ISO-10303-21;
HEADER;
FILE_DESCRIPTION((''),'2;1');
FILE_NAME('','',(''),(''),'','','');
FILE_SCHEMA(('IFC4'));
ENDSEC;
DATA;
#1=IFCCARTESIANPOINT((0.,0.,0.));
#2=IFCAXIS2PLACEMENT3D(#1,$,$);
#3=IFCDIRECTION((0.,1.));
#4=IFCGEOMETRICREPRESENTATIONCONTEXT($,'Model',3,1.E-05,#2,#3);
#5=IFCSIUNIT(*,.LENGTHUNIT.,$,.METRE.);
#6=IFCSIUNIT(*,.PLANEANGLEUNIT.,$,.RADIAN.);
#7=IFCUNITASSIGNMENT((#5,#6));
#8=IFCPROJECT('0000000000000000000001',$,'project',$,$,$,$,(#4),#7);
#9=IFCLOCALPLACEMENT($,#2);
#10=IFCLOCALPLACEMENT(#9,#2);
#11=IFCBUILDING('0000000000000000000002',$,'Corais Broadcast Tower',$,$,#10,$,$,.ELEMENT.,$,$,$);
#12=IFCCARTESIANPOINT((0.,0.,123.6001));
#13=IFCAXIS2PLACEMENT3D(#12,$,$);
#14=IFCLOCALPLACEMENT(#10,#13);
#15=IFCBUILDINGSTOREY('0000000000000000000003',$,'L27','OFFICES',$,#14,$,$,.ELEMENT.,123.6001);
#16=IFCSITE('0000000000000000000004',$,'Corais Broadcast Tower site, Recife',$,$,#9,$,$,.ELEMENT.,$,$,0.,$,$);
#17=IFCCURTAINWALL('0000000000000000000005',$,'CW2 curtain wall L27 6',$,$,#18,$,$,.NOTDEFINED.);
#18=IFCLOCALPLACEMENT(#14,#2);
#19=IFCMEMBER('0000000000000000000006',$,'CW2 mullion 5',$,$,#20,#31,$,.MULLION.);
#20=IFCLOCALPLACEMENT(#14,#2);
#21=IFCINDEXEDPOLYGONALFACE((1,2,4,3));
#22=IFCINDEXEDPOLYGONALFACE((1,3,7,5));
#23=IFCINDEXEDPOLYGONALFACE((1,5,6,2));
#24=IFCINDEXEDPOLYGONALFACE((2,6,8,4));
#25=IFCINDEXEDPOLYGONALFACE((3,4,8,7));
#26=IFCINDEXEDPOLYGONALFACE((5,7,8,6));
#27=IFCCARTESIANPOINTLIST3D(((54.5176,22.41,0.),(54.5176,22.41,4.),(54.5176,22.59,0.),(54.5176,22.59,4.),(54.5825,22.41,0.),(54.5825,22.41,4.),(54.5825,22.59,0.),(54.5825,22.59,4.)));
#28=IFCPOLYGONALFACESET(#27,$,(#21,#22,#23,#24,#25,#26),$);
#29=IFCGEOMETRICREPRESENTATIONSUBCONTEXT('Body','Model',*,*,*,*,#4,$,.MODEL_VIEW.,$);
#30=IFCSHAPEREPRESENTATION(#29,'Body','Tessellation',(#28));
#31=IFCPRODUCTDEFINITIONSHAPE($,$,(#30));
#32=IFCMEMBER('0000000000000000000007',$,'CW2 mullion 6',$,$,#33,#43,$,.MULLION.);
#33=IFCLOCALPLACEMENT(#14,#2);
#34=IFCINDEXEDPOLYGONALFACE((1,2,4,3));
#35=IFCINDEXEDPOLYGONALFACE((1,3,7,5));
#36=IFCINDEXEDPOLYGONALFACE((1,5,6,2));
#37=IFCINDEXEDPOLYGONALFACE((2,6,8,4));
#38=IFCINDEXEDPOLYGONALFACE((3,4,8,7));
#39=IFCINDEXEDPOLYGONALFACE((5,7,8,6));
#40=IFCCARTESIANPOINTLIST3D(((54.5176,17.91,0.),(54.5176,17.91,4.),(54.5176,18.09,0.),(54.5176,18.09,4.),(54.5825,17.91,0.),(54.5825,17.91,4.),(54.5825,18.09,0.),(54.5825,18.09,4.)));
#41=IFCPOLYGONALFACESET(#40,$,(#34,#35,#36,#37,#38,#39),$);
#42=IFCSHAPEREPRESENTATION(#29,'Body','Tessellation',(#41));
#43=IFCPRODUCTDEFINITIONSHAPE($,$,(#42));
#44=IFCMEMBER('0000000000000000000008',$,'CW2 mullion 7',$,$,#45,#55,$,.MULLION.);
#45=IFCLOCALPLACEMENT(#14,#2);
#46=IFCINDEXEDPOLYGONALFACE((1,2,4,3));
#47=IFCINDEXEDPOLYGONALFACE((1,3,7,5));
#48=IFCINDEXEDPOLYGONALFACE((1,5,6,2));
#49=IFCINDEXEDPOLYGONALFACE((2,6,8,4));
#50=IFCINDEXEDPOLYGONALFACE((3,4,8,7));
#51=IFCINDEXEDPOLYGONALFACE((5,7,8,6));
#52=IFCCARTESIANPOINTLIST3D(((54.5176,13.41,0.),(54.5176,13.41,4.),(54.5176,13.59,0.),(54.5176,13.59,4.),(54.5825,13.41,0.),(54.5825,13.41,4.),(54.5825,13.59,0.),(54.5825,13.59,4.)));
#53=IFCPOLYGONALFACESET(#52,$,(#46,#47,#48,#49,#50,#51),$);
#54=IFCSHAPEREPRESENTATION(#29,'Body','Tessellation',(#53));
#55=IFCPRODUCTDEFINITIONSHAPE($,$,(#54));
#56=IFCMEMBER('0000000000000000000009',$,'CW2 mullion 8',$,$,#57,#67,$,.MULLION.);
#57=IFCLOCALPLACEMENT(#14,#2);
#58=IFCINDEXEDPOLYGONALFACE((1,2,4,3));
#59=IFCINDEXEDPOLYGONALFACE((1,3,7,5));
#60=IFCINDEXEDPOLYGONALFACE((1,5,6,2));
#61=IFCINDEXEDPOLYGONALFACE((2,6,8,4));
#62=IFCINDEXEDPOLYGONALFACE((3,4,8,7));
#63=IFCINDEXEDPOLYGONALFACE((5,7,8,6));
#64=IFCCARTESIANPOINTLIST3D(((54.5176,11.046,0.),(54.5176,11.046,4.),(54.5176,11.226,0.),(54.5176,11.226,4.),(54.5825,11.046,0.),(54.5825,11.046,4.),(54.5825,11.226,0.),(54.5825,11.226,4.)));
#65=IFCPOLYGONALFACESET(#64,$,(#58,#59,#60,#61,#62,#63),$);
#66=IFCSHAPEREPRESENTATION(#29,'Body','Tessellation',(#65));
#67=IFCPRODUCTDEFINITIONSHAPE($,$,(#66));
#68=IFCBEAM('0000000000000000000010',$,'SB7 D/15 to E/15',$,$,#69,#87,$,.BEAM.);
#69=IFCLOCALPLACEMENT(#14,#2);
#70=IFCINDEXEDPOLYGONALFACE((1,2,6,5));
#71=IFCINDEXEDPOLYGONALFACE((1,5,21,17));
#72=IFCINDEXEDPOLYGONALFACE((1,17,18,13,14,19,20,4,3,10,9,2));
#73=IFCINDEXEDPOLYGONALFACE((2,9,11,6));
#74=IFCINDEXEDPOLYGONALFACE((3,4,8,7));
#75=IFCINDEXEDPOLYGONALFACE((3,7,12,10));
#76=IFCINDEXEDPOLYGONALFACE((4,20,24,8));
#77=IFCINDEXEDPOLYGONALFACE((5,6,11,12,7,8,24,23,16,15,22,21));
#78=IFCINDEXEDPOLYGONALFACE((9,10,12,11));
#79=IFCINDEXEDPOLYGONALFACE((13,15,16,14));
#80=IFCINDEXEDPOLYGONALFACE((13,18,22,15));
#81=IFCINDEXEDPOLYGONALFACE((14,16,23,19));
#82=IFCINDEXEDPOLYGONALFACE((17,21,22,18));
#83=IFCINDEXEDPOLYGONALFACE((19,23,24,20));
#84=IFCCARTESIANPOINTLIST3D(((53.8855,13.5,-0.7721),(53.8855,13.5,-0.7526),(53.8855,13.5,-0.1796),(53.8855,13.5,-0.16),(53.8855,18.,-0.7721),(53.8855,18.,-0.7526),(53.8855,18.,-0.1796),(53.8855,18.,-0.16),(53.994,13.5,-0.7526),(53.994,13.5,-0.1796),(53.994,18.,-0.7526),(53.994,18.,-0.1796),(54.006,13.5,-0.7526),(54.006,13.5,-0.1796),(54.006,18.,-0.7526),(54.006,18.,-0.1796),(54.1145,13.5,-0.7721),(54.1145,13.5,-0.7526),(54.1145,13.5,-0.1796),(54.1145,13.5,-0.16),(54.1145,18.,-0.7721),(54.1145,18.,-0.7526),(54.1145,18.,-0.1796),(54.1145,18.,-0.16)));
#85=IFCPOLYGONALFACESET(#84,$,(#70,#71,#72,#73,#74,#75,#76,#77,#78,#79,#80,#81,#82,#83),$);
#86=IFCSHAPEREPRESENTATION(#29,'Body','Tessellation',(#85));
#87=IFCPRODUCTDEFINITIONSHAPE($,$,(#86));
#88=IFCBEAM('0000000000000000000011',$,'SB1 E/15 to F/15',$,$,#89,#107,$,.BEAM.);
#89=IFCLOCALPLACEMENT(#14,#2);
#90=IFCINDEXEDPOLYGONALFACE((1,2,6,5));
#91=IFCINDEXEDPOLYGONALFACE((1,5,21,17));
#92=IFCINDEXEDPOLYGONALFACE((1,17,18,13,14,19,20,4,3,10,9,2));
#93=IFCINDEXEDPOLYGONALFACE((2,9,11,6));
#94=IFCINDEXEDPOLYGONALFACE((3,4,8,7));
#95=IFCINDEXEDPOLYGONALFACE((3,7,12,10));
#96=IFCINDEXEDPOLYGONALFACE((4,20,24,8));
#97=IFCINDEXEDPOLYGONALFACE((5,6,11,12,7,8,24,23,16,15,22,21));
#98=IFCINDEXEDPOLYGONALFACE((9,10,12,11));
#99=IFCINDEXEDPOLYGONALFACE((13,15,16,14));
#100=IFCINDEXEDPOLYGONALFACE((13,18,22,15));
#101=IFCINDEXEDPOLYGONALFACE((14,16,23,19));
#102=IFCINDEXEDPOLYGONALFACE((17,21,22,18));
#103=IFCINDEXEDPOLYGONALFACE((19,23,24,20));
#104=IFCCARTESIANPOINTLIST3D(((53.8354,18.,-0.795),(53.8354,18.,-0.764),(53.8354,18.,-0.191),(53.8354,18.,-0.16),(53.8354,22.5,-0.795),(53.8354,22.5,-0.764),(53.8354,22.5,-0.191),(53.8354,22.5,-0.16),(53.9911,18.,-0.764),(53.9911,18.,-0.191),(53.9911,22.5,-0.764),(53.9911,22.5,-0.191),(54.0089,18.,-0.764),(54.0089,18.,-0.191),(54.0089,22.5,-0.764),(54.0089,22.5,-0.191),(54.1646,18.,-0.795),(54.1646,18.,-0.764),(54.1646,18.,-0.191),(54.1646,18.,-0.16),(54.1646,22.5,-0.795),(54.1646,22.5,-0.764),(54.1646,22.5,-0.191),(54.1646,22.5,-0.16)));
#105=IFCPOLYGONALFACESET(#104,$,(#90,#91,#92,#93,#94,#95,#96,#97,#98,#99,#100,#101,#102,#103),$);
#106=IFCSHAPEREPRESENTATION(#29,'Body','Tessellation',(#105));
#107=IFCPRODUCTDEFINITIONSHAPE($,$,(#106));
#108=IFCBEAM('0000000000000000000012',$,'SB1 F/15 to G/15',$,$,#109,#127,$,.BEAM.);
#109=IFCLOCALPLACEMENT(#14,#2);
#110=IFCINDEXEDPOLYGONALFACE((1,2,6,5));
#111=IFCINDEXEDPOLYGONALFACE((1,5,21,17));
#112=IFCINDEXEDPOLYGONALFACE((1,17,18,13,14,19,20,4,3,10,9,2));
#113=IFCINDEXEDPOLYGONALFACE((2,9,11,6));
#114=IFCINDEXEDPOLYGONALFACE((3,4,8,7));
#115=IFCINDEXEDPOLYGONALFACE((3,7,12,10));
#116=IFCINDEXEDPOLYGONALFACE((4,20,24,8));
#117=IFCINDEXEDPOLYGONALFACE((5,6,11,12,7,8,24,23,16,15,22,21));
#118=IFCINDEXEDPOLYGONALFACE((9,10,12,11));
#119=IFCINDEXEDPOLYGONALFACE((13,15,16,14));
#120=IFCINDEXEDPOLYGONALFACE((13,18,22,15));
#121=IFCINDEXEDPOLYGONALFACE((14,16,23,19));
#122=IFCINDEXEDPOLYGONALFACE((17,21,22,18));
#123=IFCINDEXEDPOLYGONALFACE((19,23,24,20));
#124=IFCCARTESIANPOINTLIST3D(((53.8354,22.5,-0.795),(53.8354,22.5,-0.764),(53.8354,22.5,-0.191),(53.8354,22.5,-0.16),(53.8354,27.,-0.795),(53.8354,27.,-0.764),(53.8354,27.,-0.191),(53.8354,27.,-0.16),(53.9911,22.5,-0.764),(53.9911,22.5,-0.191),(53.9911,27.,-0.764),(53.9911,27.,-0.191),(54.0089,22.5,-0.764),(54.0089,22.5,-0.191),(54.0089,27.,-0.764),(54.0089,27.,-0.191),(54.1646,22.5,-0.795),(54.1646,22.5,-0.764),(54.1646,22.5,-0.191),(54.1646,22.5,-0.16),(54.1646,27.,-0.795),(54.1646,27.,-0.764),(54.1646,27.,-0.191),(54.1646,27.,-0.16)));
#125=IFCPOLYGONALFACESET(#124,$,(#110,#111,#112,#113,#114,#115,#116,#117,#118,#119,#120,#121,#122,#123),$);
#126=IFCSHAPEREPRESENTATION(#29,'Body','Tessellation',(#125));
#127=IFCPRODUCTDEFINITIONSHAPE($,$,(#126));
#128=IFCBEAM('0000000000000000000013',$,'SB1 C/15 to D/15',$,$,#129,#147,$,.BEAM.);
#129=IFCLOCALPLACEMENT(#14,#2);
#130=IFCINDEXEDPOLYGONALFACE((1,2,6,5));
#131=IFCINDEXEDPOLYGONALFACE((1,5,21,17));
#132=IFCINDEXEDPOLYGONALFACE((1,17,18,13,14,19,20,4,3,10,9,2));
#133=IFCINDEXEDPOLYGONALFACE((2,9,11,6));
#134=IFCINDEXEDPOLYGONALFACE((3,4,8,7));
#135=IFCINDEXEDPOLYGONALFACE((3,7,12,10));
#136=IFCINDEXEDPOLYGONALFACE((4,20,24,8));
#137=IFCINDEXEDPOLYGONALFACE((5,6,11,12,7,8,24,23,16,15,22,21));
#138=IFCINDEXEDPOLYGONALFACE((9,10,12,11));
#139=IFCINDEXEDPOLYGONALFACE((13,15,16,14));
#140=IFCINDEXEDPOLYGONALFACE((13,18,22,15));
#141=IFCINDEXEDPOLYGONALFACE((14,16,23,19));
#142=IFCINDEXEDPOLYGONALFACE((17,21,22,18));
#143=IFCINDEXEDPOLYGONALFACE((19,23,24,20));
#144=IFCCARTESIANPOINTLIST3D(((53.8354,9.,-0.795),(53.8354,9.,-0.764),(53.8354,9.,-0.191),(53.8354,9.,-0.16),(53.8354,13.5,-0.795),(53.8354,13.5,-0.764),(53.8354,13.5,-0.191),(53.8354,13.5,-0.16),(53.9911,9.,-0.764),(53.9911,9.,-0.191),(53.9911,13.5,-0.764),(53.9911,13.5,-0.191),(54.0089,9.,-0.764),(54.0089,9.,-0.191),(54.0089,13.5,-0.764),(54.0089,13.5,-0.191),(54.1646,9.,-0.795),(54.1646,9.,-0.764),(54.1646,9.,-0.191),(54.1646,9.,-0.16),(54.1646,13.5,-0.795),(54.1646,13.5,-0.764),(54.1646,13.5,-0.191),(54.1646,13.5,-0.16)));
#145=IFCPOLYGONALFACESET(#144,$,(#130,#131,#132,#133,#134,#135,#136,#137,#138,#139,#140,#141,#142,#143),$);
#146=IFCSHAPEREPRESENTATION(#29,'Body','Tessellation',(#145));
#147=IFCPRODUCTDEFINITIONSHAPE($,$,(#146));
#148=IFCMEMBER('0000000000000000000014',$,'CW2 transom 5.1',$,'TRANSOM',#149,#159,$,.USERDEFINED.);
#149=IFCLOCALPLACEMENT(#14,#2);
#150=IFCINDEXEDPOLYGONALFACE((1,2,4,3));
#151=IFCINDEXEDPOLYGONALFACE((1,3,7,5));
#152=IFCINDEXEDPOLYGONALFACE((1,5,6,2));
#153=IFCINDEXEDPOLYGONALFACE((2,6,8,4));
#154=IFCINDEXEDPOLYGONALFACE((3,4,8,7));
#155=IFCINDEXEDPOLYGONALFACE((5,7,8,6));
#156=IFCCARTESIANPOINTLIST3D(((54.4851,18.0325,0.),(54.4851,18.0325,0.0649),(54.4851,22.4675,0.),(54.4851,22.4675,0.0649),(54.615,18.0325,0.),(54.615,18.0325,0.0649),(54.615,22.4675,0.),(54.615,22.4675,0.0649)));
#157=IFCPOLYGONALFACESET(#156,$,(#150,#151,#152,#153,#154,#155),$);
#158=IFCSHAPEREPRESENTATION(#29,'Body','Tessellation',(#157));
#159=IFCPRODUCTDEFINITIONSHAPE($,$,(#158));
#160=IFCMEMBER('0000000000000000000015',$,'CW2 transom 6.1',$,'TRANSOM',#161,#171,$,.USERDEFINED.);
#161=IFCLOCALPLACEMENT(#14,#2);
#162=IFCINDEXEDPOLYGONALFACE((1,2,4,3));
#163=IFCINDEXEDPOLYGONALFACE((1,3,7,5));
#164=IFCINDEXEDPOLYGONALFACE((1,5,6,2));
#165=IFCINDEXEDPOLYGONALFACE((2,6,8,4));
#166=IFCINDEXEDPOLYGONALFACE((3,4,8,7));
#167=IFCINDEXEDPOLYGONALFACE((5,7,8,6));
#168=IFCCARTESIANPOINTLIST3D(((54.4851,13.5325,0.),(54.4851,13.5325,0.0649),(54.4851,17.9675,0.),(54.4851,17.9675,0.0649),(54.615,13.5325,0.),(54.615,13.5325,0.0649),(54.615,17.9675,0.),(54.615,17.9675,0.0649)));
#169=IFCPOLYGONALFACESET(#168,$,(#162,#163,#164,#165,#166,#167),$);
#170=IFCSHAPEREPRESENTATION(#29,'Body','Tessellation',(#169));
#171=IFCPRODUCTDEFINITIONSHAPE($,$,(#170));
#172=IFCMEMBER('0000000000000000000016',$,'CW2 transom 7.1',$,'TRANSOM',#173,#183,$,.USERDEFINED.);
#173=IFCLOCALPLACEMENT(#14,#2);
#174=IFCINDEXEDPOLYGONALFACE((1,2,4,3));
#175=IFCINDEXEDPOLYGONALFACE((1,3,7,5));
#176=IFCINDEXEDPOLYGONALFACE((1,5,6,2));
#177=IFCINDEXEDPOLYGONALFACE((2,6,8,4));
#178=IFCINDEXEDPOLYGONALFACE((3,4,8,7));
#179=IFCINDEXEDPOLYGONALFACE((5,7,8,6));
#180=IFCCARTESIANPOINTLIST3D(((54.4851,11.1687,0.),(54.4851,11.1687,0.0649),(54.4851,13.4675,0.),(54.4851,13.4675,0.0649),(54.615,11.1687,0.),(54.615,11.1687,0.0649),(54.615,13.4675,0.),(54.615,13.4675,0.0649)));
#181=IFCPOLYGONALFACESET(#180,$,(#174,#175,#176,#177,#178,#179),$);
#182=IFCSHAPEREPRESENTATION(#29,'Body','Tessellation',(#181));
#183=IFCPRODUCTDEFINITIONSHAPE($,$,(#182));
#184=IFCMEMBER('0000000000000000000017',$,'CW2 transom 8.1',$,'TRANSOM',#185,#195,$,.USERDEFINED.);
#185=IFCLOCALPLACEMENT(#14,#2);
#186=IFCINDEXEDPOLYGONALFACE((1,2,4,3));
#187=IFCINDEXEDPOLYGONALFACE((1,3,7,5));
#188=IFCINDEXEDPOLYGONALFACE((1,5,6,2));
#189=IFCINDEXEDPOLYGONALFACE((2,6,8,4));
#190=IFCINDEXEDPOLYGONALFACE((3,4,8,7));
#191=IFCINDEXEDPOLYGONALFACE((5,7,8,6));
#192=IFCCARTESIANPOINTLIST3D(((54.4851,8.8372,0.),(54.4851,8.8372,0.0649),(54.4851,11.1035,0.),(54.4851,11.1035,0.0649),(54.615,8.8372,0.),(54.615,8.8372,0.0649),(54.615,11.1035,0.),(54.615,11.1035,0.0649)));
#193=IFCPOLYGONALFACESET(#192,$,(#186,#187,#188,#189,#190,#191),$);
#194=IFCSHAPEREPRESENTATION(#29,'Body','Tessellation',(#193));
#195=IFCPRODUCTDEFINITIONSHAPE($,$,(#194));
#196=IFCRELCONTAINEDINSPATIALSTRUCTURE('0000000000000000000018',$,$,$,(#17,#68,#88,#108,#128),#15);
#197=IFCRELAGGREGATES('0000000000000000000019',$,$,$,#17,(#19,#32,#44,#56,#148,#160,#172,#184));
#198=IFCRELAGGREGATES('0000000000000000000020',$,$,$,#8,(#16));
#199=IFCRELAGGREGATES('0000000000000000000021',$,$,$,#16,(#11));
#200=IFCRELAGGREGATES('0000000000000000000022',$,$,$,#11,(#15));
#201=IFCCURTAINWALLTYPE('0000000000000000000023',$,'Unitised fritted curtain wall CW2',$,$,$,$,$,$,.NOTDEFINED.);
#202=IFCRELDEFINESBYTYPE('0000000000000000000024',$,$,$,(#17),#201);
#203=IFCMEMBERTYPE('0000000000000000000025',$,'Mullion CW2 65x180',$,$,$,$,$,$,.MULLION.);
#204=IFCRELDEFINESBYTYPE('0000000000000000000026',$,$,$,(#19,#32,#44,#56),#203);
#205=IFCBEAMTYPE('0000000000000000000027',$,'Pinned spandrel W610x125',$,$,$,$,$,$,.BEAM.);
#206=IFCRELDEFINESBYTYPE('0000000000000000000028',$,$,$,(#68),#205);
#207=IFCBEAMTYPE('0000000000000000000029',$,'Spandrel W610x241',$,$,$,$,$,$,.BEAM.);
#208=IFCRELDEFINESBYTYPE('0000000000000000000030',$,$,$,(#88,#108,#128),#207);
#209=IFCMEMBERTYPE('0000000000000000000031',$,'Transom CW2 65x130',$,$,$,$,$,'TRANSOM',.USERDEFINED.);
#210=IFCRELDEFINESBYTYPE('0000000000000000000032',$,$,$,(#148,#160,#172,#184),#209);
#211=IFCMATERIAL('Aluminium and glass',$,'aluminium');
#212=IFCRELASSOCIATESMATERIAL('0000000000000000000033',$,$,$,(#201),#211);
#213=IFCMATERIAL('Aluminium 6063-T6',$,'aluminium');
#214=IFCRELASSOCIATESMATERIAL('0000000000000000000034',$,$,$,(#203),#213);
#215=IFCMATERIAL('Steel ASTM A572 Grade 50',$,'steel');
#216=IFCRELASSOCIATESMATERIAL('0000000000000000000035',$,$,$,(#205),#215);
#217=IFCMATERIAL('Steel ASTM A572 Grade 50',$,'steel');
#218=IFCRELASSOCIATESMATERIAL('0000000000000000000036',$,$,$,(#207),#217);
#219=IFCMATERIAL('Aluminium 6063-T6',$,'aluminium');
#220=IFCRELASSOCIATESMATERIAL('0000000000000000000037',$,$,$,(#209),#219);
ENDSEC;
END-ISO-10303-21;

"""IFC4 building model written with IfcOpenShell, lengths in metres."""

from ifc_helpers import new_model, si_unit, direction, frame, origin, origin_2d, place, context, subcontext, project, spatial, rectangle, i_section, extrude, material, material_profile, profile_set, type_object, element, aggregate, save


model = new_model("IFC4")

# Units and contexts
model_context = context("Model", 3, precision=1e-05, world=origin(), true_north=direction((0.0, 1.0)))
body_context = subcontext(model_context, "Body", "Model", "MODEL_VIEW")
ifc_project = project(units=[si_unit("LENGTHUNIT", "METRE"), si_unit("PLANEANGLEUNIT", "RADIAN")], contexts=[model_context])

# Site, building, storey
site_placement = place(None, origin())
site = spatial("IfcSite", under=ifc_project, at=site_placement, Name="Corais Broadcast Tower site, Recife", CompositionType="ELEMENT", RefElevation=0.0)
building_placement = place(site_placement, origin())
building = spatial("IfcBuilding", under=site, at=building_placement, Name="Corais Broadcast Tower", CompositionType="ELEMENT")
storey_placement = place(building_placement, frame((0.0, 0.0, 123.6001)))
storey = spatial("IfcBuildingStorey", under=building, at=storey_placement, Name="L27", Description="OFFICES", CompositionType="ELEMENT", Elevation=123.6001)

# Curtain wall, members
ifc_material_1 = material(Name="Aluminium and glass", Category="aluminium")
curtain_wall_type = type_object("IfcCurtainWallType", Name="Unitised fritted curtain wall CW2", PredefinedType="NOTDEFINED", material=ifc_material_1)
curtain_wall_placement = place(storey_placement, origin())
curtain_wall = element("IfcCurtainWall", 1, at=curtain_wall_placement, inside=storey, type_object=curtain_wall_type, Name="CW2 curtain wall L27 6", PredefinedType="NOTDEFINED")
ifc_material_2 = material(Name="Aluminium 6063-T6", Category="aluminium")
ifc_material_profile_1 = material_profile(ifc_material_2, rectangle(XDim=0.0649, YDim=0.1799, at=origin_2d()), Name="Mullion CW2 65x180")
ifc_profile_set_1 = profile_set([ifc_material_profile_1], Name="Aluminium 6063-T6")
member_type_1 = type_object("IfcMemberType", Name="Mullion CW2 65x180", PredefinedType="MULLION", material=ifc_profile_set_1)
member_1_placement = place(storey_placement, frame((54.55, 22.5, 0.0), z_axis=(0.0, 0.0, 1.0), x_axis=(1.0, 0.0, 0.0)))
member_1 = element("IfcMember", 2, at=member_1_placement, type_object=member_type_1, Name="CW2 mullion 5", PredefinedType="MULLION", context=body_context, shape_type="SweptSolid", body=[
    extrude(rectangle(XDim=0.0649, YDim=0.1799, at=origin_2d()), origin(), (0.0, 0.0, 1.0), 4.0),
])
member_2_placement = place(storey_placement, frame((54.55, 18.0, 0.0), z_axis=(0.0, 0.0, 1.0), x_axis=(1.0, 0.0, 0.0)))
member_2 = element("IfcMember", 3, at=member_2_placement, type_object=member_type_1, Name="CW2 mullion 6", PredefinedType="MULLION", context=body_context, shape_type="SweptSolid", body=[
    extrude(rectangle(XDim=0.0649, YDim=0.1799, at=origin_2d()), origin(), (0.0, 0.0, 1.0), 4.0),
])
member_3_placement = place(storey_placement, frame((54.55, 13.5, 0.0), z_axis=(0.0, 0.0, 1.0), x_axis=(1.0, 0.0, 0.0)))
member_3 = element("IfcMember", 4, at=member_3_placement, type_object=member_type_1, Name="CW2 mullion 7", PredefinedType="MULLION", context=body_context, shape_type="SweptSolid", body=[
    extrude(rectangle(XDim=0.0649, YDim=0.1799, at=origin_2d()), origin(), (0.0, 0.0, 1.0), 4.0),
])
member_4_placement = place(storey_placement, frame((54.55, 11.136, 0.0), z_axis=(0.0, 0.0, 1.0), x_axis=(1.0, 0.0, 0.0)))
member_4 = element("IfcMember", 5, at=member_4_placement, type_object=member_type_1, Name="CW2 mullion 8", PredefinedType="MULLION", context=body_context, shape_type="SweptSolid", body=[
    extrude(rectangle(XDim=0.0649, YDim=0.1799, at=origin_2d()), origin(), (0.0, 0.0, 1.0), 4.0),
])

# Beams
ifc_material_3 = material(Name="Steel ASTM A572 Grade 50", Category="steel")
ifc_material_profile_2 = material_profile(ifc_material_3, i_section(OverallWidth=0.229, OverallDepth=0.6121, WebThickness=0.012, FlangeThickness=0.0195, at=origin_2d()), Name="W610x125")
ifc_profile_set_2 = profile_set([ifc_material_profile_2], Name="Steel ASTM A572 Grade 50")
beam_type_1 = type_object("IfcBeamType", Name="Pinned spandrel W610x125", PredefinedType="BEAM", material=ifc_profile_set_2)
beam_1_placement = place(storey_placement, frame((54.0, 13.5, -0.4661), z_axis=(0.0, 1.0, 0.0), x_axis=(-1.0, 0.0, 0.0)))
element("IfcBeam", 6, at=beam_1_placement, inside=storey, type_object=beam_type_1, Name="SB7 D/15 to E/15", PredefinedType="BEAM", context=body_context, shape_type="SweptSolid", body=[
    extrude(i_section(OverallWidth=0.229, OverallDepth=0.6121, WebThickness=0.012, FlangeThickness=0.0195, at=origin_2d()), origin(), (0.0, 0.0, 1.0), 4.5),
])
ifc_material_4 = material(Name="Steel ASTM A572 Grade 50", Category="steel")
ifc_material_profile_3 = material_profile(ifc_material_4, i_section(OverallWidth=0.3291, OverallDepth=0.635, WebThickness=0.0178, FlangeThickness=0.031, at=origin_2d()), Name="W610x241")
ifc_profile_set_3 = profile_set([ifc_material_profile_3], Name="Steel ASTM A572 Grade 50")
beam_type_2 = type_object("IfcBeamType", Name="Spandrel W610x241", PredefinedType="BEAM", material=ifc_profile_set_3)
for number, where, z_axis, x_axis, name in (
    (7, (54.0, 18.0, -0.4775), (0.0, 1.0, 0.0), (-1.0, 0.0, 0.0), "SB1 E/15 to F/15"),
    (8, (54.0, 22.5, -0.4775), (0.0, 1.0, 0.0), (-1.0, 0.0, 0.0), "SB1 F/15 to G/15"),
    (9, (54.0, 9.0, -0.4775), (0.0, 1.0, 0.0), (-1.0, 0.0, 0.0), "SB1 C/15 to D/15"),
):
    element("IfcBeam", number, at=place(storey_placement, frame(where, z_axis=z_axis, x_axis=x_axis)), inside=storey, type_object=beam_type_2, Name=name, PredefinedType="BEAM", context=body_context, shape_type="SweptSolid", body=[
        extrude(i_section(OverallWidth=0.3291, OverallDepth=0.635, WebThickness=0.0178, FlangeThickness=0.031, at=origin_2d()), origin(), (0.0, 0.0, 1.0), 4.5),
    ])

# Members
ifc_material_5 = material(Name="Aluminium 6063-T6", Category="aluminium")
ifc_material_profile_4 = material_profile(ifc_material_5, rectangle(XDim=0.1299, YDim=0.0649, at=origin_2d()), Name="Transom CW2 65x130")
ifc_profile_set_4 = profile_set([ifc_material_profile_4], Name="Aluminium 6063-T6")
member_type_2 = type_object("IfcMemberType", Name="Transom CW2 65x130", ElementType="TRANSOM", PredefinedType="USERDEFINED", material=ifc_profile_set_4)
member_5_placement = place(storey_placement, frame((54.55, 22.4675, 0.0325), z_axis=(0.0, -1.0, 0.0), x_axis=(1.0, 0.0, 0.0)))
member_5 = element("IfcMember", 10, at=member_5_placement, type_object=member_type_2, Name="CW2 transom 5.1", ObjectType="TRANSOM", PredefinedType="USERDEFINED", context=body_context, shape_type="SweptSolid", body=[
    extrude(rectangle(XDim=0.1299, YDim=0.0649, at=origin_2d()), origin(), (0.0, 0.0, 1.0), 4.4351),
])
member_6_placement = place(storey_placement, frame((54.55, 17.9675, 0.0325), z_axis=(0.0, -1.0, 0.0), x_axis=(1.0, 0.0, 0.0)))
member_6 = element("IfcMember", 11, at=member_6_placement, type_object=member_type_2, Name="CW2 transom 6.1", ObjectType="TRANSOM", PredefinedType="USERDEFINED", context=body_context, shape_type="SweptSolid", body=[
    extrude(rectangle(XDim=0.1299, YDim=0.0649, at=origin_2d()), origin(), (0.0, 0.0, 1.0), 4.4351),
])
member_7_placement = place(storey_placement, frame((54.55, 13.4675, 0.0325), z_axis=(0.0, -1.0, 0.0), x_axis=(1.0, 0.0, 0.0)))
member_7 = element("IfcMember", 12, at=member_7_placement, type_object=member_type_2, Name="CW2 transom 7.1", ObjectType="TRANSOM", PredefinedType="USERDEFINED", context=body_context, shape_type="SweptSolid", body=[
    extrude(rectangle(XDim=0.1299, YDim=0.0649, at=origin_2d()), origin(), (0.0, 0.0, 1.0), 2.2988),
])
member_8_placement = place(storey_placement, frame((54.55, 11.1035, 0.0325), z_axis=(0.0, -1.0, 0.0), x_axis=(1.0, 0.0, 0.0)))
member_8 = element("IfcMember", 13, at=member_8_placement, type_object=member_type_2, Name="CW2 transom 8.1", ObjectType="TRANSOM", PredefinedType="USERDEFINED", context=body_context, shape_type="SweptSolid", body=[
    extrude(rectangle(XDim=0.1299, YDim=0.0649, at=origin_2d()), origin(), (0.0, 0.0, 1.0), 2.2664),
])

aggregate(curtain_wall, [member_1, member_2, member_3, member_4, member_5, member_6, member_7, member_8])

save(model, "model.ifc")
